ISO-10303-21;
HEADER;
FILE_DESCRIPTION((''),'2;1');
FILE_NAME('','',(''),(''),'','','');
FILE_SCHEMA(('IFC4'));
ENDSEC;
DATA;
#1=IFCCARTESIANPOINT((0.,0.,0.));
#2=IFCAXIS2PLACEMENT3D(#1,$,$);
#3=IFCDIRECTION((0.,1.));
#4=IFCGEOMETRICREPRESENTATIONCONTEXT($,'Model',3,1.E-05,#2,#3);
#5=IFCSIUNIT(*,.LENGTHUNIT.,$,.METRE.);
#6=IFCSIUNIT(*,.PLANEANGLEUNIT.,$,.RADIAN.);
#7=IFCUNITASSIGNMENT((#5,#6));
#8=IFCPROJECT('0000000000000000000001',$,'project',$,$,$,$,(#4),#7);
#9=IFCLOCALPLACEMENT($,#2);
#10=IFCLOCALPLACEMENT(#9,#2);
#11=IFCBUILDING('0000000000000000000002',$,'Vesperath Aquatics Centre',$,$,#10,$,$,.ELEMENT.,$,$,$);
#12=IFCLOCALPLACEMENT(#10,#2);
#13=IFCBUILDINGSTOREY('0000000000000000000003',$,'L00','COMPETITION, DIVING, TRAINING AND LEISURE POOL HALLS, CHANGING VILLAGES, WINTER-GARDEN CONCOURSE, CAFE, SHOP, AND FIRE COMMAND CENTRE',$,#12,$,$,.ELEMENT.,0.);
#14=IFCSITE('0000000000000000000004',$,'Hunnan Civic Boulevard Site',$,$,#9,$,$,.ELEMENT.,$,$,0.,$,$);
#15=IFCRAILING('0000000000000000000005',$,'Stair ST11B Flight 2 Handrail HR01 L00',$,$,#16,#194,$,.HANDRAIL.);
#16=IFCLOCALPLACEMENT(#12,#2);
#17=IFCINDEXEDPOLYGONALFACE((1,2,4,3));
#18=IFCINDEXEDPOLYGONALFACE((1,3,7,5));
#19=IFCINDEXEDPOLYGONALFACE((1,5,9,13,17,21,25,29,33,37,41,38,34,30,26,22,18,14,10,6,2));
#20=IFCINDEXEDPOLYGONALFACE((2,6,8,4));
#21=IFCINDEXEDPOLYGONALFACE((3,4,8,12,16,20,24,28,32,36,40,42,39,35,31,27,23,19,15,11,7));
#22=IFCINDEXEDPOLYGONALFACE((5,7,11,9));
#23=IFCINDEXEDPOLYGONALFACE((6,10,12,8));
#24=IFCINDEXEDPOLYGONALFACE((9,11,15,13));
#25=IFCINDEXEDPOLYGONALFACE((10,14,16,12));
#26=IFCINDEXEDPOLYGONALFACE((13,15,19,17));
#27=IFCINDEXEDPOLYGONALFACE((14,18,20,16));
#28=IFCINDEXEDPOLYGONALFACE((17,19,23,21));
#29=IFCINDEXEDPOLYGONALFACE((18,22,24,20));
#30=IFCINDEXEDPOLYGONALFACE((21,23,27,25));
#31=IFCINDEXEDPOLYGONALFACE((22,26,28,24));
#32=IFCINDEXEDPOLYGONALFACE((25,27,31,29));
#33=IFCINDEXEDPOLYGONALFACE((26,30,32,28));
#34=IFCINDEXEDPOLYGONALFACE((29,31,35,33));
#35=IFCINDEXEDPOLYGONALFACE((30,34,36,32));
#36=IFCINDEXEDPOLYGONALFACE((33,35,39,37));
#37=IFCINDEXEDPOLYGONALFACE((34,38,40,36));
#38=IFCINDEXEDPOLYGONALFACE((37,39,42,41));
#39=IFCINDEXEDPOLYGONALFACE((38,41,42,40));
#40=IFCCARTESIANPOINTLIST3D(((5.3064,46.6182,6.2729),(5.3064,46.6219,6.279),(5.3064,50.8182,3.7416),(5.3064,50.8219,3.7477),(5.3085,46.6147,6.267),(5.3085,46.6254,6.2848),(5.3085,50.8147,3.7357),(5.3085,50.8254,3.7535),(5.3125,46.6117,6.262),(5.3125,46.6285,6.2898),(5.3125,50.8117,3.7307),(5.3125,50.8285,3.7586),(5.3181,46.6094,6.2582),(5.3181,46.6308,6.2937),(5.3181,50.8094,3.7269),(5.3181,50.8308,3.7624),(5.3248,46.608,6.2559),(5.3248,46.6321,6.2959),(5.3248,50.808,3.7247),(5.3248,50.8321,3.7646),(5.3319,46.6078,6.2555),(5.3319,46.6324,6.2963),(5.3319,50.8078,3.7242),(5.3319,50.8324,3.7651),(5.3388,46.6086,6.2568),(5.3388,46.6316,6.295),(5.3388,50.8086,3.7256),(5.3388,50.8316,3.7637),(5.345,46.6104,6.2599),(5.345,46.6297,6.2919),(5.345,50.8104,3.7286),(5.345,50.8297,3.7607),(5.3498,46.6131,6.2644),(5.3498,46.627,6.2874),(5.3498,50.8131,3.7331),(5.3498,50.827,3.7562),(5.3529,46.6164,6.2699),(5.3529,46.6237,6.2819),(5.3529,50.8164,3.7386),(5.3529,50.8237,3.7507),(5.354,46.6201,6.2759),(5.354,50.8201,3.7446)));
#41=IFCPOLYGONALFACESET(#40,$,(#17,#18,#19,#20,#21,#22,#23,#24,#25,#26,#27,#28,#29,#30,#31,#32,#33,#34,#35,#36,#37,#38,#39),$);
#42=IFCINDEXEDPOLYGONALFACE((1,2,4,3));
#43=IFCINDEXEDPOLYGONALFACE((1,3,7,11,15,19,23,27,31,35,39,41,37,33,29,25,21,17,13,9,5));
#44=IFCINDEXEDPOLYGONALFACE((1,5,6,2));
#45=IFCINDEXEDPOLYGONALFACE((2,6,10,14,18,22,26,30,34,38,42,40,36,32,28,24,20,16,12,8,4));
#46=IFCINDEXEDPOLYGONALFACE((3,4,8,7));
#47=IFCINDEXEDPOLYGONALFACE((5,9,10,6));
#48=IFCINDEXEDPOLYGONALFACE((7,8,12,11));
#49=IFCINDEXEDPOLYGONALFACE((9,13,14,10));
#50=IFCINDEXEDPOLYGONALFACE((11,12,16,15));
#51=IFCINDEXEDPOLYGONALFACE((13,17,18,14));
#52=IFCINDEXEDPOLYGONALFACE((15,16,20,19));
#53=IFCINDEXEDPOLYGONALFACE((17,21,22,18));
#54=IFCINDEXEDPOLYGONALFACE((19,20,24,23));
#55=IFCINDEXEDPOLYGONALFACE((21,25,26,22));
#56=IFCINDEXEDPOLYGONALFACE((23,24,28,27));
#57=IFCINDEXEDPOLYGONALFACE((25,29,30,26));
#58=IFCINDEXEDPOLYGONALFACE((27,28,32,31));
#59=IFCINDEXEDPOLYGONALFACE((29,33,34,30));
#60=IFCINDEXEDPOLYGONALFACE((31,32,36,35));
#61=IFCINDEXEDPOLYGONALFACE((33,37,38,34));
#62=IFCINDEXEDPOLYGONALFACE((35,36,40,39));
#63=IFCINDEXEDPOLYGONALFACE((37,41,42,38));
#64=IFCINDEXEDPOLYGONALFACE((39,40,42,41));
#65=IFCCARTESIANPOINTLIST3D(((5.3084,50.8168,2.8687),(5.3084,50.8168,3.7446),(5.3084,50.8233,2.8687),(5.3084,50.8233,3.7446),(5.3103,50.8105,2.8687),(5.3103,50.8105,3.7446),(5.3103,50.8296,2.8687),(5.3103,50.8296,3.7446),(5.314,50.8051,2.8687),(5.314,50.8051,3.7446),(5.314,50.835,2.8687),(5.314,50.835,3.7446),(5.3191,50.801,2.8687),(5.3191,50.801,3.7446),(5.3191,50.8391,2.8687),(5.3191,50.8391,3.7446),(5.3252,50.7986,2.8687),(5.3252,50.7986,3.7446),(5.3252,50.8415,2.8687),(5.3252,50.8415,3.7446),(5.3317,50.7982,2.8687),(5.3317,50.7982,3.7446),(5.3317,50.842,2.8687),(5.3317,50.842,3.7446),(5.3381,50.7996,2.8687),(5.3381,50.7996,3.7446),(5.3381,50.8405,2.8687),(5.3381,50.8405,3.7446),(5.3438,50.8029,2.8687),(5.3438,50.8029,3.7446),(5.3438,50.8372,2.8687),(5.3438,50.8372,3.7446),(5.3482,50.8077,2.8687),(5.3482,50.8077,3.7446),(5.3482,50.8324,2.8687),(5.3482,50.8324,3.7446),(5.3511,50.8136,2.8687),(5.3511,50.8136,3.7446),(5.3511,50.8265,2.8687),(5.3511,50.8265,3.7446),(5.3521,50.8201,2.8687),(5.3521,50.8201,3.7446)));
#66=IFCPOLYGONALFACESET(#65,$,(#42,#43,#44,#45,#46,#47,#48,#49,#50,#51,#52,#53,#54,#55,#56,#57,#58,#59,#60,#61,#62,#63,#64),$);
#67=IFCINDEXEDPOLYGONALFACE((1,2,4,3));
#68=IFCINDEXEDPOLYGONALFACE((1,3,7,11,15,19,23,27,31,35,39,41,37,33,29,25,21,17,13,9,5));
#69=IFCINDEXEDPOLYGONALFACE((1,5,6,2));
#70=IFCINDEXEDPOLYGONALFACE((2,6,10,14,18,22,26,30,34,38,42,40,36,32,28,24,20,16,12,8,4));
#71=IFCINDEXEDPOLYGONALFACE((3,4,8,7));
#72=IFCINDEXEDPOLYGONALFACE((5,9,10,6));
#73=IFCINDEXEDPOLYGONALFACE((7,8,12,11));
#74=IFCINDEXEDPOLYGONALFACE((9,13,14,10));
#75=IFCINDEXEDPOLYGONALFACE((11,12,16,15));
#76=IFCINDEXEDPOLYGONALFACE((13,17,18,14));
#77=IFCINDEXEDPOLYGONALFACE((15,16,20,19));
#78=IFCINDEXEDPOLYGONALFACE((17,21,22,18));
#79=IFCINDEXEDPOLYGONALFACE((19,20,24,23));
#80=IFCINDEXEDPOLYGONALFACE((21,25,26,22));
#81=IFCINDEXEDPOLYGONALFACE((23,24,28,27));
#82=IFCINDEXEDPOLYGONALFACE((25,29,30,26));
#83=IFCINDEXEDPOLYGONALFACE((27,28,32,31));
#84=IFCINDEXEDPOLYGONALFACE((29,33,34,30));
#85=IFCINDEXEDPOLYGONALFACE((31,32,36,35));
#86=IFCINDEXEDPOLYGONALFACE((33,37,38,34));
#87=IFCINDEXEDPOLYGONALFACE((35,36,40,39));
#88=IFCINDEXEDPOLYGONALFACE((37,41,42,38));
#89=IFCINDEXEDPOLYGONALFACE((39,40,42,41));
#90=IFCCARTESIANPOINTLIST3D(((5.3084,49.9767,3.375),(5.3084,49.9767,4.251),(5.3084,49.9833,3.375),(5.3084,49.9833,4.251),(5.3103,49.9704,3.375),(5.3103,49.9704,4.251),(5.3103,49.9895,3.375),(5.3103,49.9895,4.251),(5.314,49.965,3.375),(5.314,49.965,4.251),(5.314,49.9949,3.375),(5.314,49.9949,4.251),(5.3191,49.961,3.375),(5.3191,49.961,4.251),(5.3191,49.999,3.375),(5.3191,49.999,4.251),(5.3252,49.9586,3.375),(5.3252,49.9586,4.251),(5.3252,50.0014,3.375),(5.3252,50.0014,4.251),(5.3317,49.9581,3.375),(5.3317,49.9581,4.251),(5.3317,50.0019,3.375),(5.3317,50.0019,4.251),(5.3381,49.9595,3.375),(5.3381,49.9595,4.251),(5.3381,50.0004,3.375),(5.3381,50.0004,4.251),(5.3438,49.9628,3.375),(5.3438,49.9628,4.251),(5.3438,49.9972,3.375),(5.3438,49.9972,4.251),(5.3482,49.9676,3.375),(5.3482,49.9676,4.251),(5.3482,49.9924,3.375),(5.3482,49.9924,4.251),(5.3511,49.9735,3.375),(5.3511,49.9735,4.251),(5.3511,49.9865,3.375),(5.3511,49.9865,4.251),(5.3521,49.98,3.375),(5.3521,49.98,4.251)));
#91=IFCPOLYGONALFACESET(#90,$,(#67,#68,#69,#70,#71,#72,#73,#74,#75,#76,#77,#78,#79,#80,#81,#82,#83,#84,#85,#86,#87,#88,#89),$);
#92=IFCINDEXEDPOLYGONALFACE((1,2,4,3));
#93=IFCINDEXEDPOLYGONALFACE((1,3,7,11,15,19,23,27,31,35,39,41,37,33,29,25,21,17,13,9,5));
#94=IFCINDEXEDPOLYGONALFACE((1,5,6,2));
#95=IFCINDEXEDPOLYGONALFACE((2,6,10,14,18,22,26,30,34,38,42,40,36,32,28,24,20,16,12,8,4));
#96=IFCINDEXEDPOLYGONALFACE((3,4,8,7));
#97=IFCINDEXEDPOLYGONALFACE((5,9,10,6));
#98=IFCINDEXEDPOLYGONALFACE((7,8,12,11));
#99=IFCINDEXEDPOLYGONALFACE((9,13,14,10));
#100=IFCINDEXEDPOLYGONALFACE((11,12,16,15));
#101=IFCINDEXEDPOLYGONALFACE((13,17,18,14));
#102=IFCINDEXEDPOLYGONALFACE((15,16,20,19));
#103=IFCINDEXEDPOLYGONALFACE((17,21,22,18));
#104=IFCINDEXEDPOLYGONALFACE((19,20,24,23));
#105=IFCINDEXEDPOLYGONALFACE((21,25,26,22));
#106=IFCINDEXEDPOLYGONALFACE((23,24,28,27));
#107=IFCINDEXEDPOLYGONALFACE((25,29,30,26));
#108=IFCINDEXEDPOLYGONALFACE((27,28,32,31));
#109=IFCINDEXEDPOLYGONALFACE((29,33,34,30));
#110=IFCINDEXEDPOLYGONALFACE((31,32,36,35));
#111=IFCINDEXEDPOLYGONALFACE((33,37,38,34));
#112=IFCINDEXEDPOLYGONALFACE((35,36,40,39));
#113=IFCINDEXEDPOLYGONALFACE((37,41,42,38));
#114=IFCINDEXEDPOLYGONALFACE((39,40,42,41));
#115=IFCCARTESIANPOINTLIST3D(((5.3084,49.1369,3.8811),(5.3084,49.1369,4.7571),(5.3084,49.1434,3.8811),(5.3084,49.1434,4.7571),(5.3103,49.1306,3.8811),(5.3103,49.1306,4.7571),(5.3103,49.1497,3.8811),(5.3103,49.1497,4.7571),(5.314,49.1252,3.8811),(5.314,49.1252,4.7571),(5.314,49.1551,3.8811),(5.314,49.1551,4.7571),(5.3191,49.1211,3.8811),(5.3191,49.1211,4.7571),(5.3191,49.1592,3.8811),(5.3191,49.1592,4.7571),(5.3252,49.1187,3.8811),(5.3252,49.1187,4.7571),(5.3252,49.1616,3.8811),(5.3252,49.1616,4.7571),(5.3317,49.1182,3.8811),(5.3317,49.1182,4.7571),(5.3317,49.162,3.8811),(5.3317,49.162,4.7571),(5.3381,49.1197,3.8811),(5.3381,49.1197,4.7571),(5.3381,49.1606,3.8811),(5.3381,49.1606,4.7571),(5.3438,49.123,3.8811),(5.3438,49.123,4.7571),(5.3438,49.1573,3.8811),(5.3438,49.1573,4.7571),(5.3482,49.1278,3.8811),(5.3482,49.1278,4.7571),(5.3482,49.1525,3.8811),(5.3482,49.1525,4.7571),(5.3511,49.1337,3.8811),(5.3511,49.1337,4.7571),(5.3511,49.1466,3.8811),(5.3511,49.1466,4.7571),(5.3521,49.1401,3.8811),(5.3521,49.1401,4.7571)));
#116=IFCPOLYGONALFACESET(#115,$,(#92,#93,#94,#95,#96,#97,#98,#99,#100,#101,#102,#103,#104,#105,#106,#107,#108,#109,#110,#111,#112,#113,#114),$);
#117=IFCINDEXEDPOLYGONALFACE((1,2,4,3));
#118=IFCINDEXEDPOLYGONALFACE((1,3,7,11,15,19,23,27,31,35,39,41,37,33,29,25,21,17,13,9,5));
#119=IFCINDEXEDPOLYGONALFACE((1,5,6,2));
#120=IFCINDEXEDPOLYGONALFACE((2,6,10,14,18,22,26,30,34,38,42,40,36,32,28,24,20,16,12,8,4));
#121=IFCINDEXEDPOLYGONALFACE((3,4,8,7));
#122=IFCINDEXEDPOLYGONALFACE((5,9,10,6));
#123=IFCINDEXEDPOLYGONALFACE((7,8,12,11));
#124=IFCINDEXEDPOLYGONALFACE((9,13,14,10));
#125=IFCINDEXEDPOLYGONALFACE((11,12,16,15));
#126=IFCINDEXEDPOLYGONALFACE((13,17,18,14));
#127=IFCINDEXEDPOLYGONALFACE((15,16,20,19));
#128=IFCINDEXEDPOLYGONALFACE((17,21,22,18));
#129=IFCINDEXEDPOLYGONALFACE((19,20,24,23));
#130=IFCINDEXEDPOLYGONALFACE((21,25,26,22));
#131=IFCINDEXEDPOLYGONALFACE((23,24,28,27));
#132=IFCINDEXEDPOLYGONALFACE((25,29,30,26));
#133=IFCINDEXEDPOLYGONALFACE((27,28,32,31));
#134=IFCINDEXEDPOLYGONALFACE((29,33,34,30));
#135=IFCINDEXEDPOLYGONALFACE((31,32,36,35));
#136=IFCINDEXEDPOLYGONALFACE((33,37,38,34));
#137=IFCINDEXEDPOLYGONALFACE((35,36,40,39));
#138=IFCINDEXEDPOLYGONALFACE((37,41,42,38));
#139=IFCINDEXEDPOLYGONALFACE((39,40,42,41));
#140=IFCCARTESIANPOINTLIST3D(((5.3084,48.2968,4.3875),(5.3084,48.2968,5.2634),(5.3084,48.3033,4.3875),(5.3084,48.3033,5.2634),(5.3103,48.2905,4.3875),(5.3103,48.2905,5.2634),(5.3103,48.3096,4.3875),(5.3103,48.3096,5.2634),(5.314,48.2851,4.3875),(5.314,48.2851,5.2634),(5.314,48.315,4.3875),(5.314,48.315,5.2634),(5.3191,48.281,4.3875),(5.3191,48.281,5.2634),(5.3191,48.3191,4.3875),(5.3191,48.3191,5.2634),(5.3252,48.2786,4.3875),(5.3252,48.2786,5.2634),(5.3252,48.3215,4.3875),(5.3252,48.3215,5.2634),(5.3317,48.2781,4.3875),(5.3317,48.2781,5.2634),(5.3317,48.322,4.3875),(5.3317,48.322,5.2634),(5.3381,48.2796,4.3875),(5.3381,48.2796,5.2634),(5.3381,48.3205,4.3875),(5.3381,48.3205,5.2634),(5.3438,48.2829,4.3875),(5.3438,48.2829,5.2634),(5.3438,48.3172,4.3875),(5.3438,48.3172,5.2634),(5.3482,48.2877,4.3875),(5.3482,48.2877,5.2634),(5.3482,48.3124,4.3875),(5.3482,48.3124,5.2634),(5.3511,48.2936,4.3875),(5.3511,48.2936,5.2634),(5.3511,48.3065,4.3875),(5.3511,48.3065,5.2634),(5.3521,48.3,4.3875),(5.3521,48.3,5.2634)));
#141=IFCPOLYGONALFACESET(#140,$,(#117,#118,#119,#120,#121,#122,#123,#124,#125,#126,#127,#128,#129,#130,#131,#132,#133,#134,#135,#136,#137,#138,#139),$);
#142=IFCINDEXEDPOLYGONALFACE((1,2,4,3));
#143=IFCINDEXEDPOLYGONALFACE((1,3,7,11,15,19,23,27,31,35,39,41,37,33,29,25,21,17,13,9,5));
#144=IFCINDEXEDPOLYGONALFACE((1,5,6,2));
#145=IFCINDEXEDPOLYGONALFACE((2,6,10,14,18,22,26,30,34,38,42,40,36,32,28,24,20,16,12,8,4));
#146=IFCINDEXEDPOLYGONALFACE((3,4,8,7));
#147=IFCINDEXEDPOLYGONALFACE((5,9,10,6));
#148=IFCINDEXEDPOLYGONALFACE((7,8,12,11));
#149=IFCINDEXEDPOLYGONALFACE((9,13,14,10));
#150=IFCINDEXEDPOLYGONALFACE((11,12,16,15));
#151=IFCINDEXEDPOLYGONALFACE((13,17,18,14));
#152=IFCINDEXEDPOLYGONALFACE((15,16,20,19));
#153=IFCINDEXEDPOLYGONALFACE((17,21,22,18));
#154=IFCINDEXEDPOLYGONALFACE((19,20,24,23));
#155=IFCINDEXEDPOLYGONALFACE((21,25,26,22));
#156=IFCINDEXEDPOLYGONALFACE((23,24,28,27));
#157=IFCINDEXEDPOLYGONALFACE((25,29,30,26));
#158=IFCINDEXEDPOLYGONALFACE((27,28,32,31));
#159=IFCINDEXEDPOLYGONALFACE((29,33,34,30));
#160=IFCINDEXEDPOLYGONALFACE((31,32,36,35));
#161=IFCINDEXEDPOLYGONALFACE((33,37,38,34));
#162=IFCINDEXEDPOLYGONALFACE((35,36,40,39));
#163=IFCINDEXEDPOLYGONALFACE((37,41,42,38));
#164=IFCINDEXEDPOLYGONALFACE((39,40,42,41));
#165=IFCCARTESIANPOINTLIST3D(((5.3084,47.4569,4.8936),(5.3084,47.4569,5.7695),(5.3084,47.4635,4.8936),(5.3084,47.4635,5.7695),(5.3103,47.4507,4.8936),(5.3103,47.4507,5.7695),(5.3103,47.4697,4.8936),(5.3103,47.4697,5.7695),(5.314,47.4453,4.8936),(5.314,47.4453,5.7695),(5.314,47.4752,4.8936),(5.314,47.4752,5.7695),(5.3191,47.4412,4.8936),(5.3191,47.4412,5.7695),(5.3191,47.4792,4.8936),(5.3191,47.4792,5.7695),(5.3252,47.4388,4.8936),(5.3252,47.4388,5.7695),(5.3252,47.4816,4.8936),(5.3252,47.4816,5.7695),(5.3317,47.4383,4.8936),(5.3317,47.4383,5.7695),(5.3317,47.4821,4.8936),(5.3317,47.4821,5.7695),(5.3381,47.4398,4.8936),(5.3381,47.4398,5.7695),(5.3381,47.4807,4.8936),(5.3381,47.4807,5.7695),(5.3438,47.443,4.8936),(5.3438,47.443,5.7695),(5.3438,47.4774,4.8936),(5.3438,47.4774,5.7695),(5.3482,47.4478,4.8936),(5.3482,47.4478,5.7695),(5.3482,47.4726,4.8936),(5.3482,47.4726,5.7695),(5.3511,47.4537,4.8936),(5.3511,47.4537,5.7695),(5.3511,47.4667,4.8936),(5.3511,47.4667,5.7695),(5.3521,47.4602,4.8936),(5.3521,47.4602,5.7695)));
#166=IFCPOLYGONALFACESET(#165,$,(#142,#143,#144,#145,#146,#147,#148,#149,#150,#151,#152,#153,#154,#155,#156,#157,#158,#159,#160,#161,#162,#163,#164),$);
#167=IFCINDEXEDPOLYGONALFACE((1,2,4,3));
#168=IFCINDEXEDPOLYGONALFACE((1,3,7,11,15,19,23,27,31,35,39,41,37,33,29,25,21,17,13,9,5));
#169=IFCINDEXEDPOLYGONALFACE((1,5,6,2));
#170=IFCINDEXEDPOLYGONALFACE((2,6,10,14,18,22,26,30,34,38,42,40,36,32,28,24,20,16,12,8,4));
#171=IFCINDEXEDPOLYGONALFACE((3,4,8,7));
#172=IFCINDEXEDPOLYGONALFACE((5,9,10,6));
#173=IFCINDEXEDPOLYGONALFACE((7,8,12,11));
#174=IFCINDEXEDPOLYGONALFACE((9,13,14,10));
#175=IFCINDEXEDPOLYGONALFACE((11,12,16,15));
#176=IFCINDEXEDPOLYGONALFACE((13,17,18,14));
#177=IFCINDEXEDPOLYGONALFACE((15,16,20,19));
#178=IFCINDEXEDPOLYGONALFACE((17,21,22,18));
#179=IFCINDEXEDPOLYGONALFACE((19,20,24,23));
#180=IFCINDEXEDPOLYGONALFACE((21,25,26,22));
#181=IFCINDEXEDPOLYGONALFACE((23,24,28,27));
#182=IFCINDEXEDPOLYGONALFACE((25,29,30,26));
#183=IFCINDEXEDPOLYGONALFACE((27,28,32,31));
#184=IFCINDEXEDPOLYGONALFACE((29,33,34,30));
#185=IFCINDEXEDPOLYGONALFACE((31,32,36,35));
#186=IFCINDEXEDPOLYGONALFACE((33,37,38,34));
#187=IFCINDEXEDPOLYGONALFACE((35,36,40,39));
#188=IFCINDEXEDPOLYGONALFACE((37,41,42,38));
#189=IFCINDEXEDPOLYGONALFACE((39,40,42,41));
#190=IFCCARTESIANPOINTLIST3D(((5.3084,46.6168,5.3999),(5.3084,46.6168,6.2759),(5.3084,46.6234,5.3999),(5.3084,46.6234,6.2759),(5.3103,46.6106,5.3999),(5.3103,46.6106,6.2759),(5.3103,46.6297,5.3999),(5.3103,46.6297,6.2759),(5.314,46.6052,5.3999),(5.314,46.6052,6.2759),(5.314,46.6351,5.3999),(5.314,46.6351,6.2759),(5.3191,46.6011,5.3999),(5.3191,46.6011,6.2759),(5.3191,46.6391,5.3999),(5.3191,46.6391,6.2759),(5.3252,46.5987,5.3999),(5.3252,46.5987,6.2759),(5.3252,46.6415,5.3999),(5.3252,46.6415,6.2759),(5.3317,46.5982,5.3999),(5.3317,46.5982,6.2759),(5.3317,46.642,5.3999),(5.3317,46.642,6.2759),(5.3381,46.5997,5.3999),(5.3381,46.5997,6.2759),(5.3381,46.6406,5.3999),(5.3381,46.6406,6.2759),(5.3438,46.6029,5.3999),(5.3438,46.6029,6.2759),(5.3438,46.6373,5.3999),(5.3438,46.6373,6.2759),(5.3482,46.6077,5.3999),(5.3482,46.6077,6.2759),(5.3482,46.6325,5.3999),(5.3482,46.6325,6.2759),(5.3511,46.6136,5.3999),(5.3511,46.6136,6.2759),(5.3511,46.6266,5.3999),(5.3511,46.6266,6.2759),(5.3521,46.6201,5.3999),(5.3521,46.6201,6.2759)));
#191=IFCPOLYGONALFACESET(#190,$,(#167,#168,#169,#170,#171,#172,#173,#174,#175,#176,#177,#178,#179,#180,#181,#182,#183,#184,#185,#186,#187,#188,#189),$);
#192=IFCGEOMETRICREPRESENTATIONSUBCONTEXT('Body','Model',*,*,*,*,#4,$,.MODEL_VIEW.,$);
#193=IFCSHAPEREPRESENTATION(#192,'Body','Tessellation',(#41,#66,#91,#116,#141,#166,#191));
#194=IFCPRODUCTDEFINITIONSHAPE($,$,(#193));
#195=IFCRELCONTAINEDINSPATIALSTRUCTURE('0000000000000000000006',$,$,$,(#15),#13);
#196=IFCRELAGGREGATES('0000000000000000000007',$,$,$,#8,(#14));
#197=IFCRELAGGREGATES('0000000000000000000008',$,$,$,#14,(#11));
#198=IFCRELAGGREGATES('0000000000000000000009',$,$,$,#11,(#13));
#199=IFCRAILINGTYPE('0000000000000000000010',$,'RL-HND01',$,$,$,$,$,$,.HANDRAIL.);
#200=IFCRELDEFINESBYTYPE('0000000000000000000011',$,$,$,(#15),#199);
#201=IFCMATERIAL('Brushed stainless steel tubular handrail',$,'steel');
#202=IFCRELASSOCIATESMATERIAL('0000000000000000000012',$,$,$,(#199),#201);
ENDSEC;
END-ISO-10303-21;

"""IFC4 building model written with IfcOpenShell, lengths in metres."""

from ifc_helpers import new_model, si_unit, direction, frame, origin, origin_2d, place, context, subcontext, project, spatial, circle, extrude, material, type_object, element, save


model = new_model("IFC4")

# Units and contexts
model_context = context("Model", 3, precision=1e-05, world=origin(), true_north=direction((0.0, 1.0)))
body_context = subcontext(model_context, "Body", "Model", "MODEL_VIEW")
ifc_project = project(units=[si_unit("LENGTHUNIT", "METRE"), si_unit("PLANEANGLEUNIT", "RADIAN")], contexts=[model_context])

# Site, building, storey
site_placement = place(None, origin())
site = spatial("IfcSite", under=ifc_project, at=site_placement, Name="Hunnan Civic Boulevard Site", CompositionType="ELEMENT", RefElevation=0.0)
building_placement = place(site_placement, origin())
building = spatial("IfcBuilding", under=site, at=building_placement, Name="Vesperath Aquatics Centre", CompositionType="ELEMENT")
storey_placement = place(building_placement, origin())
storey = spatial("IfcBuildingStorey", under=building, at=storey_placement, Name="L00", Description="COMPETITION, DIVING, TRAINING AND LEISURE POOL HALLS, CHANGING VILLAGES, WINTER-GARDEN CONCOURSE, CAFE, SHOP, AND FIRE COMMAND CENTRE", CompositionType="ELEMENT", Elevation=0.0)

# Railing
ifc_material_1 = material(Name="Brushed stainless steel tubular handrail", Category="steel")
railing_type_1 = type_object("IfcRailingType", Name="RL-HND01", PredefinedType="HANDRAIL", material=ifc_material_1)
railing_1_placement = place(storey_placement, frame((5.3301, 50.8201, 2.8687)))
element("IfcRailing", 1, at=railing_1_placement, inside=storey, type_object=railing_type_1, Name="Stair ST11B Flight 2 Handrail HR01 L00", PredefinedType="HANDRAIL", context=body_context, shape_type="SweptSolid", body=[
    extrude(circle(Radius=0.0239, at=origin_2d()), frame((0.0, 0.0, 0.876), z_axis=(0.0, -0.856476, 0.516186), x_axis=(1.0, 0.0, 0.0)), (0.0, 0.0, 1.0), 4.9038),
    extrude(circle(Radius=0.022, at=origin_2d()), origin(), (0.0, 0.0, 1.0), 0.876),
    extrude(circle(Radius=0.022, at=origin_2d()), frame((0.0, -0.8401, 0.5063)), (0.0, 0.0, 1.0), 0.876),
    extrude(circle(Radius=0.022, at=origin_2d()), frame((0.0, -1.6799, 1.0125)), (0.0, 0.0, 1.0), 0.876),
    extrude(circle(Radius=0.022, at=origin_2d()), frame((0.0, -2.52, 1.5188)), (0.0, 0.0, 1.0), 0.876),
    extrude(circle(Radius=0.022, at=origin_2d()), frame((0.0, -3.3599, 2.0249)), (0.0, 0.0, 1.0), 0.876),
    extrude(circle(Radius=0.022, at=origin_2d()), frame((0.0, -4.2, 2.5312)), (0.0, 0.0, 1.0), 0.876),
])

save(model, "model.ifc")
